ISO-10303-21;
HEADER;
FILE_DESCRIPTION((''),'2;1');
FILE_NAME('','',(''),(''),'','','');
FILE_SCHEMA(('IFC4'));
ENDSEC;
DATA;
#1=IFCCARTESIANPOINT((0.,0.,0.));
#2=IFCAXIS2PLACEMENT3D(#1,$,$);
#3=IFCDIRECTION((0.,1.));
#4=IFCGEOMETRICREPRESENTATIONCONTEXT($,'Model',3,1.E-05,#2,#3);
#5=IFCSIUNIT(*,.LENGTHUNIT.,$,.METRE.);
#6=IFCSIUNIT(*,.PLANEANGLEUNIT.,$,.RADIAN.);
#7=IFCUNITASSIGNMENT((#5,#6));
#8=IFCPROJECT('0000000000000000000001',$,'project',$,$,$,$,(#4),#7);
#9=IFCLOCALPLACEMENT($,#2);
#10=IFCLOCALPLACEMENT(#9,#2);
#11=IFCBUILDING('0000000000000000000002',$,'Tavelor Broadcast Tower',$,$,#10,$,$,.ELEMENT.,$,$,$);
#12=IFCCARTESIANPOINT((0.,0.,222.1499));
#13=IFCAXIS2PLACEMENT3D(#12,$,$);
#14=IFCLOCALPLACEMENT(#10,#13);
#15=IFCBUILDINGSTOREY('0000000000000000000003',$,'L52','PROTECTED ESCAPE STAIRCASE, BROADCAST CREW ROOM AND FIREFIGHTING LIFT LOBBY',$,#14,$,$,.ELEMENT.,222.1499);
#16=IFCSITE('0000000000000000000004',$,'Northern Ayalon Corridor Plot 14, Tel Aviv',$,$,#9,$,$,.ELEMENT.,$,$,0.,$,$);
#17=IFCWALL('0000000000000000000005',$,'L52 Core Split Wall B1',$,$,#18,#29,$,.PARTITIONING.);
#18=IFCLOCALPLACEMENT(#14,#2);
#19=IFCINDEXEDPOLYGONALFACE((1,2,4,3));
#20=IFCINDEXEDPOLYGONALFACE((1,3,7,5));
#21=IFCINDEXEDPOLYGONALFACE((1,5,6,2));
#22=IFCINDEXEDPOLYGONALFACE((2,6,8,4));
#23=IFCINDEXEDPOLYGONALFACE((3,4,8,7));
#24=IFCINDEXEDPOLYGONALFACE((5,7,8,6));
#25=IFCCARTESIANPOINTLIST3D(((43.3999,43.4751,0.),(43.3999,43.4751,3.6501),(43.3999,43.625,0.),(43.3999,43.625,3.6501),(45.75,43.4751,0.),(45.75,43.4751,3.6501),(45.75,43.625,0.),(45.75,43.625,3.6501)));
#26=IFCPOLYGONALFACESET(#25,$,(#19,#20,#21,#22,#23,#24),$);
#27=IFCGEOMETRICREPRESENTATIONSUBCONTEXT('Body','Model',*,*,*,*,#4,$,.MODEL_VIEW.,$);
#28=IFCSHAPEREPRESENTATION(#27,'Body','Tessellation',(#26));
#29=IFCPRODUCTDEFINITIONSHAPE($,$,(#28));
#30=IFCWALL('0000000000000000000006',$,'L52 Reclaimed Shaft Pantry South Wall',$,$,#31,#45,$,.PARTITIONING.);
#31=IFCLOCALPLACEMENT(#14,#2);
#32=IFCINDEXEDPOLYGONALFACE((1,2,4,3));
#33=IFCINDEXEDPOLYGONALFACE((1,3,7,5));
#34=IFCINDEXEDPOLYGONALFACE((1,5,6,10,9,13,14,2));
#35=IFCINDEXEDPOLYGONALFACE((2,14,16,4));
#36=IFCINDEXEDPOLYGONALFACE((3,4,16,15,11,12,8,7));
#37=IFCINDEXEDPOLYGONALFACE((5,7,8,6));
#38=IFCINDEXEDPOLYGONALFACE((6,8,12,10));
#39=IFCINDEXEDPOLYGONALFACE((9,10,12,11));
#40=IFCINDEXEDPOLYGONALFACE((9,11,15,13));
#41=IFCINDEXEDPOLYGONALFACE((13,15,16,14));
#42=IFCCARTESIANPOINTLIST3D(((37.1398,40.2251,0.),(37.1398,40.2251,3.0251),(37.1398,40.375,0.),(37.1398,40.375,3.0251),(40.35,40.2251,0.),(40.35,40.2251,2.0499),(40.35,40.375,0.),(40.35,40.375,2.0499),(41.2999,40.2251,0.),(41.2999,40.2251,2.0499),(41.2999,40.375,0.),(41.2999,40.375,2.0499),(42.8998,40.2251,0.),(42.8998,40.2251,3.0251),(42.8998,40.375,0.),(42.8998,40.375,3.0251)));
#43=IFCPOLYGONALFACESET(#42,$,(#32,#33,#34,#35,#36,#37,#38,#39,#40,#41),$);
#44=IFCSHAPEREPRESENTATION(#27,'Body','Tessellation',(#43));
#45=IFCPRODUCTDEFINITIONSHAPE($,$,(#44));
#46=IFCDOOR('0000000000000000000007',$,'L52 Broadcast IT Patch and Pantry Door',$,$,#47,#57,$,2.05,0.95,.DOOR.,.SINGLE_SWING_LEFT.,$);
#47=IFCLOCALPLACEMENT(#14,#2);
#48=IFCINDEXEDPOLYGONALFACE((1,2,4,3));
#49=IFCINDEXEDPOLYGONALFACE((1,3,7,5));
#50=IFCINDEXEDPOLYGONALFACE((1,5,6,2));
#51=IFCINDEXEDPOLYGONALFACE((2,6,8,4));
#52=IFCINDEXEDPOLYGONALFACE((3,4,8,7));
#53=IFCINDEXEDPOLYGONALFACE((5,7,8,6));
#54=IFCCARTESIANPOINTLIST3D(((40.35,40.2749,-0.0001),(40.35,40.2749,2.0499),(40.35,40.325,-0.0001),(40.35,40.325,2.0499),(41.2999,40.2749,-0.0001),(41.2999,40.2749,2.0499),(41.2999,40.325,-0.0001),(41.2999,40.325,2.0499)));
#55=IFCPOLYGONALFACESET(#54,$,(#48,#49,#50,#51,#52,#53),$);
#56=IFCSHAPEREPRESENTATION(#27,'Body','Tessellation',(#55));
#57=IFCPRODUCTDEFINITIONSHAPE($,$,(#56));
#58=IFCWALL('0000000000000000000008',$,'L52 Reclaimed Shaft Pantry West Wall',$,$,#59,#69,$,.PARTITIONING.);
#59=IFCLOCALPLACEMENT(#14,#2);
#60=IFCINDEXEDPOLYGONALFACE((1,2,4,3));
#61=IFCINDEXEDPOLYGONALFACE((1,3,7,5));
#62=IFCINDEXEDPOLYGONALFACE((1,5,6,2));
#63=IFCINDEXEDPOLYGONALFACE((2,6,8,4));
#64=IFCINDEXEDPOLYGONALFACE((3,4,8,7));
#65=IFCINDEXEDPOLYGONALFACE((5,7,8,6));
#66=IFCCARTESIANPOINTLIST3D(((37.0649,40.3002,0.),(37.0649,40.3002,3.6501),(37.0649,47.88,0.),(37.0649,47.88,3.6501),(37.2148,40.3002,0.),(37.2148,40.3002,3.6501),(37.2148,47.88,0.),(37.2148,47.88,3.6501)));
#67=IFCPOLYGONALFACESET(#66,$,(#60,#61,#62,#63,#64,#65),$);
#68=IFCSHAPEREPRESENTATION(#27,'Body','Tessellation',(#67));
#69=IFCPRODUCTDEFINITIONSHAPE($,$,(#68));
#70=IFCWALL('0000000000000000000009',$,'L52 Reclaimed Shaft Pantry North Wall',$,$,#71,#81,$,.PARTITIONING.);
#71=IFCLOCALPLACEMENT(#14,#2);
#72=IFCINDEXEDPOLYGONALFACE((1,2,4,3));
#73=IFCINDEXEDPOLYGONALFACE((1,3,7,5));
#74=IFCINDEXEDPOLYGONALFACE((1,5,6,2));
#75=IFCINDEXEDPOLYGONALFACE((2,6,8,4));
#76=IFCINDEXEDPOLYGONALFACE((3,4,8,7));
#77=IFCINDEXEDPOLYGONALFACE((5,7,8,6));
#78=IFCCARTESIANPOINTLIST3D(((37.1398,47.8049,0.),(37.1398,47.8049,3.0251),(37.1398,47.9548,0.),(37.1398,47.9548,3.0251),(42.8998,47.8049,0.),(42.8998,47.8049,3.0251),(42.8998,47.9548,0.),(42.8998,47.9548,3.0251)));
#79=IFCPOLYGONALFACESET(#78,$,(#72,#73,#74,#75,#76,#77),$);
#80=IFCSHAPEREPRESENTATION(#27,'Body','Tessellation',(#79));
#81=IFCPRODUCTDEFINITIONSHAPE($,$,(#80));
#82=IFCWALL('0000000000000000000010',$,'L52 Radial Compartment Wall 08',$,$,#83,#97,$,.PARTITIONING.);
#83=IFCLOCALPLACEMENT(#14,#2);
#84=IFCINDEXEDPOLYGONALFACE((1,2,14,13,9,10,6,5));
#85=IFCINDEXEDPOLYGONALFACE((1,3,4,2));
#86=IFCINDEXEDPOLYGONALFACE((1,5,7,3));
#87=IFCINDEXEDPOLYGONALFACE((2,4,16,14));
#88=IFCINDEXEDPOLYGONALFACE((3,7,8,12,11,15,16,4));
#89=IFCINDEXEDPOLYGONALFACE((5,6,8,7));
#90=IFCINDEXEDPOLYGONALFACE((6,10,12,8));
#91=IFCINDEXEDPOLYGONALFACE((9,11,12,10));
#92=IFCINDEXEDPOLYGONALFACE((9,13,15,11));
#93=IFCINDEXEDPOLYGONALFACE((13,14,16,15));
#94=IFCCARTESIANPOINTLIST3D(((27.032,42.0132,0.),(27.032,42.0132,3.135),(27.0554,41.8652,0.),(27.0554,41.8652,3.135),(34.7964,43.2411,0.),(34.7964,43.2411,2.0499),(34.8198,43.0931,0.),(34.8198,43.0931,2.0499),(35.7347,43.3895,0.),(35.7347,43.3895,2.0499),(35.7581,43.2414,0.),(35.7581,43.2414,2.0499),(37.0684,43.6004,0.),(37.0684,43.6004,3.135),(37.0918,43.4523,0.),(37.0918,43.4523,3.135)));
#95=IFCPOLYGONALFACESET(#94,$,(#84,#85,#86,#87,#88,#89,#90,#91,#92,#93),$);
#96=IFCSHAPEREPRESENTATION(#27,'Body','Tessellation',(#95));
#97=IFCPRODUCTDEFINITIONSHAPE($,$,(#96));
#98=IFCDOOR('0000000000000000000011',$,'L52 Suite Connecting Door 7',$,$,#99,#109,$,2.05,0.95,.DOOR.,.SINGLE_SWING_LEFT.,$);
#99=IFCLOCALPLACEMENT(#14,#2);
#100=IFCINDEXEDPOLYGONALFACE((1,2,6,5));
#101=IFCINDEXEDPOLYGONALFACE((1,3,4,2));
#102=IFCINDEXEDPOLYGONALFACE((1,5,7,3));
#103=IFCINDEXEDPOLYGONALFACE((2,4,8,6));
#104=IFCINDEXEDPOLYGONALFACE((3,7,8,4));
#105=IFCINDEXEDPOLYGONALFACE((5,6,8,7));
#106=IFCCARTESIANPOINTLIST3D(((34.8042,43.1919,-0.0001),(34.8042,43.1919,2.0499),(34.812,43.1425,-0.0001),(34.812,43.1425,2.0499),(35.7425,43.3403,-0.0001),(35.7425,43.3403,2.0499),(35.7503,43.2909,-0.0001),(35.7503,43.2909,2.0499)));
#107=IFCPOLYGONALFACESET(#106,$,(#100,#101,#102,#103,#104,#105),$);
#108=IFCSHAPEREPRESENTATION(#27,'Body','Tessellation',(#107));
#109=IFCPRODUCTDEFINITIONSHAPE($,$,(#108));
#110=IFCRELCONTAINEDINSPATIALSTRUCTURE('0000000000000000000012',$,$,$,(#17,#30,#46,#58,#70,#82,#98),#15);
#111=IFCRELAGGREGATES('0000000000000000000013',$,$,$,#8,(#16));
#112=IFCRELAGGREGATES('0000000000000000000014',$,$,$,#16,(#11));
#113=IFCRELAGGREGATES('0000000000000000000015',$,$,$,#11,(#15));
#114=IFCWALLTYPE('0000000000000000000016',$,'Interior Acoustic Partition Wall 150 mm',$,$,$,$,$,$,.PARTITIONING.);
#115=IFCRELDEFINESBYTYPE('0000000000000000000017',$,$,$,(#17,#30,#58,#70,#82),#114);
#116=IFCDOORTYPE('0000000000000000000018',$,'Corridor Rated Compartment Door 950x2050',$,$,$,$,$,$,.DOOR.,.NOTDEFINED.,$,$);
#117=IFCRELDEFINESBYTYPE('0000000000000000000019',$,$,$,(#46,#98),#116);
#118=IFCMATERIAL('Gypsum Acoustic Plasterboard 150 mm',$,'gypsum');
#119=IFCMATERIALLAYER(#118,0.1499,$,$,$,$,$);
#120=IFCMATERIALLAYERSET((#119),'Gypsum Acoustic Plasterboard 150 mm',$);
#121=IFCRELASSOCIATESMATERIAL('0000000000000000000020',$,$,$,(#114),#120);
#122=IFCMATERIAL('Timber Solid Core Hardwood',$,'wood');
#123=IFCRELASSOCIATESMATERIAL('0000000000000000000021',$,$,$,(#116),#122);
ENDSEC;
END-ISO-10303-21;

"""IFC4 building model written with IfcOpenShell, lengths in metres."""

from ifc_helpers import new_model, si_unit, direction, frame, frame_2d, origin, place, context, subcontext, project, spatial, rectangle, extrude, material, layer, layer_set, type_object, element, fill, save


model = new_model("IFC4")

# Units and contexts
model_context = context("Model", 3, precision=1e-05, world=origin(), true_north=direction((0.0, 1.0)))
body_context = subcontext(model_context, "Body", "Model", "MODEL_VIEW")
ifc_project = project(units=[si_unit("LENGTHUNIT", "METRE"), si_unit("PLANEANGLEUNIT", "RADIAN")], contexts=[model_context])

# Site, building, storey
site_placement = place(None, origin())
site = spatial("IfcSite", under=ifc_project, at=site_placement, Name="Northern Ayalon Corridor Plot 14, Tel Aviv", CompositionType="ELEMENT", RefElevation=0.0)
building_placement = place(site_placement, origin())
building = spatial("IfcBuilding", under=site, at=building_placement, Name="Tavelor Broadcast Tower", CompositionType="ELEMENT")
storey_placement = place(building_placement, frame((0.0, 0.0, 222.1499)))
storey = spatial("IfcBuildingStorey", under=building, at=storey_placement, Name="L52", Description="PROTECTED ESCAPE STAIRCASE, BROADCAST CREW ROOM AND FIREFIGHTING LIFT LOBBY", CompositionType="ELEMENT", Elevation=222.1499)

# Wall
ifc_material_1 = material(Name="Gypsum Acoustic Plasterboard 150 mm", Category="gypsum")
ifc_layer_1 = layer(ifc_material_1, 0.1499)
ifc_layer_set_1 = layer_set([ifc_layer_1], Name="Gypsum Acoustic Plasterboard 150 mm")
wall_type_1 = type_object("IfcWallType", Name="Interior Acoustic Partition Wall 150 mm", PredefinedType="PARTITIONING", material=ifc_layer_set_1)
wall_1_placement = place(storey_placement, frame((43.3999, 43.55, 0.0), z_axis=(0.0, 0.0, 1.0), x_axis=(1.0, 0.0, 0.0)))
element("IfcWall", 1, at=wall_1_placement, inside=storey, type_object=wall_type_1, Name="L52 Core Split Wall B1", PredefinedType="PARTITIONING", context=body_context, shape_type="SweptSolid", body=[
    extrude(rectangle(XDim=2.3501, YDim=0.1499, at=frame_2d((1.175, 0.0))), origin(), (0.0, 0.0, 1.0), 3.6501),
])

# Wall, opening, door
wall_2_placement = place(storey_placement, frame((37.1399, 40.3, 0.0), z_axis=(0.0, 0.0, 1.0), x_axis=(1.0, 0.0, 0.0)))
wall_2 = element("IfcWall", 2, at=wall_2_placement, inside=storey, type_object=wall_type_1, Name="L52 Reclaimed Shaft Pantry South Wall", PredefinedType="PARTITIONING", context=body_context, shape_type="SweptSolid", body=[
    extrude(rectangle(XDim=5.76, YDim=0.1499, at=frame_2d((2.8799, 0.0))), origin(), (0.0, 0.0, 1.0), 3.0251),
])
opening_1_placement = place(wall_2_placement, frame((3.21, 0.0, 0.0)))
opening_1 = element("IfcOpeningElement", 3, at=opening_1_placement, cuts=wall_2, PredefinedType="OPENING", context=body_context, shape_type="SweptSolid", body=[
    extrude(rectangle(XDim=0.95, YDim=2.05, at=frame_2d((0.4751, 1.0249))), frame((0.0, 0.085, 0.0), z_axis=(0.0, -1.0, 0.0), x_axis=(1.0, 0.0, 0.0)), (0.0, 0.0, 1.0), 0.1699),
])
ifc_material_2 = material(Name="Timber Solid Core Hardwood", Category="wood")
door_type_1 = type_object("IfcDoorType", Name="Corridor Rated Compartment Door 950x2050", OperationType="NOTDEFINED", PredefinedType="DOOR", material=ifc_material_2)
door_1_placement = place(opening_1_placement, origin())
door_1 = element("IfcDoor", 4, at=door_1_placement, inside=storey, type_object=door_type_1, Name="L52 Broadcast IT Patch and Pantry Door", OperationType="SINGLE_SWING_LEFT", OverallHeight=2.05, OverallWidth=0.95, PredefinedType="DOOR", context=body_context, shape_type="SweptSolid", body=[
    extrude(rectangle(XDim=0.95, YDim=2.05, at=frame_2d((0.4751, 1.0249))), frame((0.0, 0.0249, 0.0), z_axis=(0.0, -1.0, 0.0), x_axis=(1.0, 0.0, 0.0)), (0.0, 0.0, 1.0), 0.05),
])
fill(opening_1, door_1)

# Walls
wall_3_placement = place(storey_placement, frame((37.1399, 40.3, 0.0), z_axis=(0.0, 0.0, 1.0), x_axis=(0.0, 1.0, 0.0)))
element("IfcWall", 5, at=wall_3_placement, inside=storey, type_object=wall_type_1, Name="L52 Reclaimed Shaft Pantry West Wall", PredefinedType="PARTITIONING", context=body_context, shape_type="SweptSolid", body=[
    extrude(rectangle(XDim=7.5798, YDim=0.1499, at=frame_2d((3.79, 0.0))), origin(), (0.0, 0.0, 1.0), 3.6501),
])
wall_4_placement = place(storey_placement, frame((37.1399, 47.8799, 0.0), z_axis=(0.0, 0.0, 1.0), x_axis=(1.0, 0.0, 0.0)))
element("IfcWall", 6, at=wall_4_placement, inside=storey, type_object=wall_type_1, Name="L52 Reclaimed Shaft Pantry North Wall", PredefinedType="PARTITIONING", context=body_context, shape_type="SweptSolid", body=[
    extrude(rectangle(XDim=5.76, YDim=0.1499, at=frame_2d((2.8799, 0.0))), origin(), (0.0, 0.0, 1.0), 3.0251),
])

# Wall, opening, door
wall_5_placement = place(storey_placement, frame((37.0801, 43.5264, 0.0), z_axis=(0.0, 0.0, 1.0), x_axis=(-0.987726, -0.156199, 0.0)))
wall_5 = element("IfcWall", 7, at=wall_5_placement, inside=storey, type_object=wall_type_1, Name="L52 Radial Compartment Wall 08", PredefinedType="PARTITIONING", context=body_context, shape_type="SweptSolid", body=[
    extrude(rectangle(XDim=10.1611, YDim=0.1499, at=frame_2d((5.0806, 0.0))), origin(), (0.0, 0.0, 1.0), 3.135),
])
opening_2_placement = place(wall_5_placement, frame((1.3501, 0.0, 0.0)))
opening_2 = element("IfcOpeningElement", 8, at=opening_2_placement, cuts=wall_5, PredefinedType="OPENING", context=body_context, shape_type="SweptSolid", body=[
    extrude(rectangle(XDim=0.95, YDim=2.05, at=frame_2d((0.4751, 1.0249))), frame((0.0, 0.085, 0.0), z_axis=(0.0, -1.0, 0.0), x_axis=(1.0, 0.0, 0.0)), (0.0, 0.0, 1.0), 0.1699),
])
door_2_placement = place(opening_2_placement, origin())
door_2 = element("IfcDoor", 9, at=door_2_placement, inside=storey, type_object=door_type_1, Name="L52 Suite Connecting Door 7", OperationType="SINGLE_SWING_LEFT", OverallHeight=2.05, OverallWidth=0.95, PredefinedType="DOOR", context=body_context, shape_type="SweptSolid", body=[
    extrude(rectangle(XDim=0.95, YDim=2.05, at=frame_2d((0.4751, 1.0249))), frame((0.0, 0.0249, 0.0), z_axis=(0.0, -1.0, 0.0), x_axis=(1.0, 0.0, 0.0)), (0.0, 0.0, 1.0), 0.05),
])
fill(opening_2, door_2)

save(model, "model.ifc")
